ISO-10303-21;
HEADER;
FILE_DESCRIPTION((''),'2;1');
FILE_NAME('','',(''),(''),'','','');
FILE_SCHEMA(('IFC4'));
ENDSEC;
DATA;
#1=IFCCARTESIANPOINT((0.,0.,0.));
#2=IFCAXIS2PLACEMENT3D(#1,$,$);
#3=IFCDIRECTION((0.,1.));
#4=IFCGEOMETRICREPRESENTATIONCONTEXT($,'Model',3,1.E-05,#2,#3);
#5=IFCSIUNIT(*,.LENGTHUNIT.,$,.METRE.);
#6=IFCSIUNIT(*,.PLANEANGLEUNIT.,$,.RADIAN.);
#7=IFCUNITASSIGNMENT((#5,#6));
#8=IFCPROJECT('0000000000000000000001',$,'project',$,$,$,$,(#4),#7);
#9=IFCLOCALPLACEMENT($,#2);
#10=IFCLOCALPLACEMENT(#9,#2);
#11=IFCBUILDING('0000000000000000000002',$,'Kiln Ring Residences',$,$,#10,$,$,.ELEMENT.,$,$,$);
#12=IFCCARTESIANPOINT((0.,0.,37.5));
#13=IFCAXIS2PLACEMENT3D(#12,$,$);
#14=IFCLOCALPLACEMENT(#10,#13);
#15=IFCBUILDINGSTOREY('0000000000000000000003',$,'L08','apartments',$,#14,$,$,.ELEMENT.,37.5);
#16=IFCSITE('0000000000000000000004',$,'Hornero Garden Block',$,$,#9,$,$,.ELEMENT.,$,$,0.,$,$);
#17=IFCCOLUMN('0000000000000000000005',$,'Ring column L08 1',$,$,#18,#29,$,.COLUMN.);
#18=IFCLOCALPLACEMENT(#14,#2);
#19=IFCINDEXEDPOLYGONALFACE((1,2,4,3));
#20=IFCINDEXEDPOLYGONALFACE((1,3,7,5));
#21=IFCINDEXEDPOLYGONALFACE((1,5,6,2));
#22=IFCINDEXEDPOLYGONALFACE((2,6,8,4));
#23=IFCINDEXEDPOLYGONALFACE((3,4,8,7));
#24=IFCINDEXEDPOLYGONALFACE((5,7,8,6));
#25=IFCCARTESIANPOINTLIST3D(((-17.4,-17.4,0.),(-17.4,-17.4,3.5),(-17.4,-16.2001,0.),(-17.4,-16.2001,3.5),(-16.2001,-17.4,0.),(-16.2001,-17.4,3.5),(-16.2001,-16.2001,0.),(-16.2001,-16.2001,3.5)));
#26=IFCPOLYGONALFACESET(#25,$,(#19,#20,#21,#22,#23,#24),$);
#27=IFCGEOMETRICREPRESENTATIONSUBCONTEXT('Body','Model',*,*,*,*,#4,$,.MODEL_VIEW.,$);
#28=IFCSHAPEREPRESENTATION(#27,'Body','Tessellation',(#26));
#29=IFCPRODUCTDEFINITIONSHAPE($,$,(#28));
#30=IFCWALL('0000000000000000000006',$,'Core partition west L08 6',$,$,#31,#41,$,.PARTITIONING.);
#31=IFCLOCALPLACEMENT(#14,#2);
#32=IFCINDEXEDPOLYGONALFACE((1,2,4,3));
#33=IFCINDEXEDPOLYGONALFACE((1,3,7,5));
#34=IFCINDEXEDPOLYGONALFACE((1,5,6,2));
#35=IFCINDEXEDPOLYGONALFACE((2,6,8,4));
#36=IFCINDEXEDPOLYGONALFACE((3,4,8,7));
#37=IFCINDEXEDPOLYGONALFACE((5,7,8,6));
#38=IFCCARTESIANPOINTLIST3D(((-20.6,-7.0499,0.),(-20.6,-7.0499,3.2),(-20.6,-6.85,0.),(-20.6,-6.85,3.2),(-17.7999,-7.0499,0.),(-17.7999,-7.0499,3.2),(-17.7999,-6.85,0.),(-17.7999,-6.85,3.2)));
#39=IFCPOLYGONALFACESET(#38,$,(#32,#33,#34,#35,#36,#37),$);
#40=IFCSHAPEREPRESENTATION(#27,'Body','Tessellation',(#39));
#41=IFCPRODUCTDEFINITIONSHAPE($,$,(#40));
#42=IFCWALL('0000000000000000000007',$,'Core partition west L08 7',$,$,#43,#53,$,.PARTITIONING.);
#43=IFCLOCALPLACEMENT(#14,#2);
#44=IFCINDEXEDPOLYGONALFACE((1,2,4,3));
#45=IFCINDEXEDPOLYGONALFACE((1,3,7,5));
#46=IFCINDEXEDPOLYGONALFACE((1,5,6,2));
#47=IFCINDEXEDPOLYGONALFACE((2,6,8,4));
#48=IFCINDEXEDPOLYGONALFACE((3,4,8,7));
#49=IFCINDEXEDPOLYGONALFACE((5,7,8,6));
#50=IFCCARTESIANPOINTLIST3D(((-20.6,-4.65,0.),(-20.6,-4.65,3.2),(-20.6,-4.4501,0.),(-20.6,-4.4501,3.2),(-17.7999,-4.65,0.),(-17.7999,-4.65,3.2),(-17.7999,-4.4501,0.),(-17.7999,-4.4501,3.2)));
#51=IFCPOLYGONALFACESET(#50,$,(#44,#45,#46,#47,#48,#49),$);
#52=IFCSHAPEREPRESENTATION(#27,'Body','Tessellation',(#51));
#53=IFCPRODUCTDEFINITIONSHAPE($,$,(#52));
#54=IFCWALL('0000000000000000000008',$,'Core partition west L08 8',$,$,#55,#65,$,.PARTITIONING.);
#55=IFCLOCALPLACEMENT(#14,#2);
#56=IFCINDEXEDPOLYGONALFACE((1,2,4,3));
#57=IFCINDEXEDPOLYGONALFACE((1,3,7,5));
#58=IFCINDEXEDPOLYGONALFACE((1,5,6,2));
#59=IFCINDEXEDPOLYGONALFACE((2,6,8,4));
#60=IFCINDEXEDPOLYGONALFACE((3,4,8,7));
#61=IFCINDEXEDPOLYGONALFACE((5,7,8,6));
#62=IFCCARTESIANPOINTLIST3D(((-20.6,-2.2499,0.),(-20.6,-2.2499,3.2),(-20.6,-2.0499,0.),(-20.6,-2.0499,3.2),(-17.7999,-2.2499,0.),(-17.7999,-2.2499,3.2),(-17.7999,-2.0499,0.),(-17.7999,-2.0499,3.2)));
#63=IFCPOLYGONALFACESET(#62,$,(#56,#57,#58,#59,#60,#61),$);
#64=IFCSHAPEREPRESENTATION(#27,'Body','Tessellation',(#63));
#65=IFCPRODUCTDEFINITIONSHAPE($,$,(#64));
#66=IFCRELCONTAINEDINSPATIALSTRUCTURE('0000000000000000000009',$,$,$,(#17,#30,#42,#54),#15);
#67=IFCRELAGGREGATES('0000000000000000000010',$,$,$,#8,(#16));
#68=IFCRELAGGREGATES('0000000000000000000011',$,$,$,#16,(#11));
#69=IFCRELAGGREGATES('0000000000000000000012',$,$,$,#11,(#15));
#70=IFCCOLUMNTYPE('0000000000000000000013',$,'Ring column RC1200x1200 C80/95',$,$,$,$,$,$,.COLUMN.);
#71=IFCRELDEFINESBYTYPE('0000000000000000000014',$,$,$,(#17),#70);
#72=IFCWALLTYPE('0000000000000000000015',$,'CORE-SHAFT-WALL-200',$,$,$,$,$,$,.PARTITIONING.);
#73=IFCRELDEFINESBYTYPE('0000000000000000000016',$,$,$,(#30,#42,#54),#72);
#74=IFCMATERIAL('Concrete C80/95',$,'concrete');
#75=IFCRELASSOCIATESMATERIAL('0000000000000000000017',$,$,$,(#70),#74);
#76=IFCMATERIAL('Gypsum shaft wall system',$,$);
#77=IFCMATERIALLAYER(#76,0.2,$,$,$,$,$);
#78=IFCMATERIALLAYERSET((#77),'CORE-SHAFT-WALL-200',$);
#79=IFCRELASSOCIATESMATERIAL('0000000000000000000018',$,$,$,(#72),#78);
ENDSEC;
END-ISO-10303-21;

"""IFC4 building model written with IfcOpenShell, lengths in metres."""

from ifc_helpers import new_model, si_unit, direction, frame, frame_2d, origin, origin_2d, place, context, subcontext, project, spatial, rectangle, extrude, material, layer, layer_set, material_profile, profile_set, type_object, element, save


model = new_model("IFC4")

# Units and contexts
model_context = context("Model", 3, precision=1e-05, world=origin(), true_north=direction((0.0, 1.0)))
body_context = subcontext(model_context, "Body", "Model", "MODEL_VIEW")
ifc_project = project(units=[si_unit("LENGTHUNIT", "METRE"), si_unit("PLANEANGLEUNIT", "RADIAN")], contexts=[model_context])

# Site, building, storey
site_placement = place(None, origin())
site = spatial("IfcSite", under=ifc_project, at=site_placement, Name="Hornero Garden Block", CompositionType="ELEMENT", RefElevation=0.0)
building_placement = place(site_placement, origin())
building = spatial("IfcBuilding", under=site, at=building_placement, Name="Kiln Ring Residences", CompositionType="ELEMENT")
storey_placement = place(building_placement, frame((0.0, 0.0, 37.5)))
storey = spatial("IfcBuildingStorey", under=building, at=storey_placement, Name="L08", Description="apartments", CompositionType="ELEMENT", Elevation=37.5)

# Column
ifc_material_1 = material(Name="Concrete C80/95", Category="concrete")
ifc_material_profile = material_profile(ifc_material_1, rectangle(XDim=1.2, YDim=1.2, at=origin_2d()), Name="RC1200x1200")
ifc_profile_set = profile_set([ifc_material_profile], Name="Concrete C80/95")
column_type = type_object("IfcColumnType", Name="Ring column RC1200x1200 C80/95", PredefinedType="COLUMN", material=ifc_profile_set)
column_placement = place(storey_placement, frame((-16.8, -16.8, 0.0), z_axis=(0.0, 0.0, 1.0), x_axis=(1.0, 0.0, 0.0)))
element("IfcColumn", 1, at=column_placement, inside=storey, type_object=column_type, Name="Ring column L08 1", PredefinedType="COLUMN", context=body_context, shape_type="SweptSolid", body=[
    extrude(rectangle(XDim=1.2, YDim=1.2, at=origin_2d()), origin(), (0.0, 0.0, 1.0), 3.5),
])

# Walls
ifc_material_2 = material(Name="Gypsum shaft wall system")
ifc_layer_1 = layer(ifc_material_2, 0.2)
ifc_layer_set_1 = layer_set([ifc_layer_1], Name="CORE-SHAFT-WALL-200")
wall_type_1 = type_object("IfcWallType", Name="CORE-SHAFT-WALL-200", PredefinedType="PARTITIONING", material=ifc_layer_set_1)
for number, where, z_axis, x_axis, name in (
    (2, (-17.8, -6.95, 0.0), (0.0, 0.0, 1.0), (-1.0, 0.0, 0.0), "Core partition west L08 6"),
    (3, (-17.8, -4.55, 0.0), (0.0, 0.0, 1.0), (-1.0, 0.0, 0.0), "Core partition west L08 7"),
    (4, (-17.8, -2.1499, 0.0), (0.0, 0.0, 1.0), (-1.0, 0.0, 0.0), "Core partition west L08 8"),
):
    element("IfcWall", number, at=place(storey_placement, frame(where, z_axis=z_axis, x_axis=x_axis)), inside=storey, type_object=wall_type_1, Name=name, PredefinedType="PARTITIONING", context=body_context, shape_type="SweptSolid", body=[
        extrude(rectangle(XDim=2.8, YDim=0.2, at=frame_2d((1.3999, 0.0))), origin(), (0.0, 0.0, 1.0), 3.2),
    ])

save(model, "model.ifc")
